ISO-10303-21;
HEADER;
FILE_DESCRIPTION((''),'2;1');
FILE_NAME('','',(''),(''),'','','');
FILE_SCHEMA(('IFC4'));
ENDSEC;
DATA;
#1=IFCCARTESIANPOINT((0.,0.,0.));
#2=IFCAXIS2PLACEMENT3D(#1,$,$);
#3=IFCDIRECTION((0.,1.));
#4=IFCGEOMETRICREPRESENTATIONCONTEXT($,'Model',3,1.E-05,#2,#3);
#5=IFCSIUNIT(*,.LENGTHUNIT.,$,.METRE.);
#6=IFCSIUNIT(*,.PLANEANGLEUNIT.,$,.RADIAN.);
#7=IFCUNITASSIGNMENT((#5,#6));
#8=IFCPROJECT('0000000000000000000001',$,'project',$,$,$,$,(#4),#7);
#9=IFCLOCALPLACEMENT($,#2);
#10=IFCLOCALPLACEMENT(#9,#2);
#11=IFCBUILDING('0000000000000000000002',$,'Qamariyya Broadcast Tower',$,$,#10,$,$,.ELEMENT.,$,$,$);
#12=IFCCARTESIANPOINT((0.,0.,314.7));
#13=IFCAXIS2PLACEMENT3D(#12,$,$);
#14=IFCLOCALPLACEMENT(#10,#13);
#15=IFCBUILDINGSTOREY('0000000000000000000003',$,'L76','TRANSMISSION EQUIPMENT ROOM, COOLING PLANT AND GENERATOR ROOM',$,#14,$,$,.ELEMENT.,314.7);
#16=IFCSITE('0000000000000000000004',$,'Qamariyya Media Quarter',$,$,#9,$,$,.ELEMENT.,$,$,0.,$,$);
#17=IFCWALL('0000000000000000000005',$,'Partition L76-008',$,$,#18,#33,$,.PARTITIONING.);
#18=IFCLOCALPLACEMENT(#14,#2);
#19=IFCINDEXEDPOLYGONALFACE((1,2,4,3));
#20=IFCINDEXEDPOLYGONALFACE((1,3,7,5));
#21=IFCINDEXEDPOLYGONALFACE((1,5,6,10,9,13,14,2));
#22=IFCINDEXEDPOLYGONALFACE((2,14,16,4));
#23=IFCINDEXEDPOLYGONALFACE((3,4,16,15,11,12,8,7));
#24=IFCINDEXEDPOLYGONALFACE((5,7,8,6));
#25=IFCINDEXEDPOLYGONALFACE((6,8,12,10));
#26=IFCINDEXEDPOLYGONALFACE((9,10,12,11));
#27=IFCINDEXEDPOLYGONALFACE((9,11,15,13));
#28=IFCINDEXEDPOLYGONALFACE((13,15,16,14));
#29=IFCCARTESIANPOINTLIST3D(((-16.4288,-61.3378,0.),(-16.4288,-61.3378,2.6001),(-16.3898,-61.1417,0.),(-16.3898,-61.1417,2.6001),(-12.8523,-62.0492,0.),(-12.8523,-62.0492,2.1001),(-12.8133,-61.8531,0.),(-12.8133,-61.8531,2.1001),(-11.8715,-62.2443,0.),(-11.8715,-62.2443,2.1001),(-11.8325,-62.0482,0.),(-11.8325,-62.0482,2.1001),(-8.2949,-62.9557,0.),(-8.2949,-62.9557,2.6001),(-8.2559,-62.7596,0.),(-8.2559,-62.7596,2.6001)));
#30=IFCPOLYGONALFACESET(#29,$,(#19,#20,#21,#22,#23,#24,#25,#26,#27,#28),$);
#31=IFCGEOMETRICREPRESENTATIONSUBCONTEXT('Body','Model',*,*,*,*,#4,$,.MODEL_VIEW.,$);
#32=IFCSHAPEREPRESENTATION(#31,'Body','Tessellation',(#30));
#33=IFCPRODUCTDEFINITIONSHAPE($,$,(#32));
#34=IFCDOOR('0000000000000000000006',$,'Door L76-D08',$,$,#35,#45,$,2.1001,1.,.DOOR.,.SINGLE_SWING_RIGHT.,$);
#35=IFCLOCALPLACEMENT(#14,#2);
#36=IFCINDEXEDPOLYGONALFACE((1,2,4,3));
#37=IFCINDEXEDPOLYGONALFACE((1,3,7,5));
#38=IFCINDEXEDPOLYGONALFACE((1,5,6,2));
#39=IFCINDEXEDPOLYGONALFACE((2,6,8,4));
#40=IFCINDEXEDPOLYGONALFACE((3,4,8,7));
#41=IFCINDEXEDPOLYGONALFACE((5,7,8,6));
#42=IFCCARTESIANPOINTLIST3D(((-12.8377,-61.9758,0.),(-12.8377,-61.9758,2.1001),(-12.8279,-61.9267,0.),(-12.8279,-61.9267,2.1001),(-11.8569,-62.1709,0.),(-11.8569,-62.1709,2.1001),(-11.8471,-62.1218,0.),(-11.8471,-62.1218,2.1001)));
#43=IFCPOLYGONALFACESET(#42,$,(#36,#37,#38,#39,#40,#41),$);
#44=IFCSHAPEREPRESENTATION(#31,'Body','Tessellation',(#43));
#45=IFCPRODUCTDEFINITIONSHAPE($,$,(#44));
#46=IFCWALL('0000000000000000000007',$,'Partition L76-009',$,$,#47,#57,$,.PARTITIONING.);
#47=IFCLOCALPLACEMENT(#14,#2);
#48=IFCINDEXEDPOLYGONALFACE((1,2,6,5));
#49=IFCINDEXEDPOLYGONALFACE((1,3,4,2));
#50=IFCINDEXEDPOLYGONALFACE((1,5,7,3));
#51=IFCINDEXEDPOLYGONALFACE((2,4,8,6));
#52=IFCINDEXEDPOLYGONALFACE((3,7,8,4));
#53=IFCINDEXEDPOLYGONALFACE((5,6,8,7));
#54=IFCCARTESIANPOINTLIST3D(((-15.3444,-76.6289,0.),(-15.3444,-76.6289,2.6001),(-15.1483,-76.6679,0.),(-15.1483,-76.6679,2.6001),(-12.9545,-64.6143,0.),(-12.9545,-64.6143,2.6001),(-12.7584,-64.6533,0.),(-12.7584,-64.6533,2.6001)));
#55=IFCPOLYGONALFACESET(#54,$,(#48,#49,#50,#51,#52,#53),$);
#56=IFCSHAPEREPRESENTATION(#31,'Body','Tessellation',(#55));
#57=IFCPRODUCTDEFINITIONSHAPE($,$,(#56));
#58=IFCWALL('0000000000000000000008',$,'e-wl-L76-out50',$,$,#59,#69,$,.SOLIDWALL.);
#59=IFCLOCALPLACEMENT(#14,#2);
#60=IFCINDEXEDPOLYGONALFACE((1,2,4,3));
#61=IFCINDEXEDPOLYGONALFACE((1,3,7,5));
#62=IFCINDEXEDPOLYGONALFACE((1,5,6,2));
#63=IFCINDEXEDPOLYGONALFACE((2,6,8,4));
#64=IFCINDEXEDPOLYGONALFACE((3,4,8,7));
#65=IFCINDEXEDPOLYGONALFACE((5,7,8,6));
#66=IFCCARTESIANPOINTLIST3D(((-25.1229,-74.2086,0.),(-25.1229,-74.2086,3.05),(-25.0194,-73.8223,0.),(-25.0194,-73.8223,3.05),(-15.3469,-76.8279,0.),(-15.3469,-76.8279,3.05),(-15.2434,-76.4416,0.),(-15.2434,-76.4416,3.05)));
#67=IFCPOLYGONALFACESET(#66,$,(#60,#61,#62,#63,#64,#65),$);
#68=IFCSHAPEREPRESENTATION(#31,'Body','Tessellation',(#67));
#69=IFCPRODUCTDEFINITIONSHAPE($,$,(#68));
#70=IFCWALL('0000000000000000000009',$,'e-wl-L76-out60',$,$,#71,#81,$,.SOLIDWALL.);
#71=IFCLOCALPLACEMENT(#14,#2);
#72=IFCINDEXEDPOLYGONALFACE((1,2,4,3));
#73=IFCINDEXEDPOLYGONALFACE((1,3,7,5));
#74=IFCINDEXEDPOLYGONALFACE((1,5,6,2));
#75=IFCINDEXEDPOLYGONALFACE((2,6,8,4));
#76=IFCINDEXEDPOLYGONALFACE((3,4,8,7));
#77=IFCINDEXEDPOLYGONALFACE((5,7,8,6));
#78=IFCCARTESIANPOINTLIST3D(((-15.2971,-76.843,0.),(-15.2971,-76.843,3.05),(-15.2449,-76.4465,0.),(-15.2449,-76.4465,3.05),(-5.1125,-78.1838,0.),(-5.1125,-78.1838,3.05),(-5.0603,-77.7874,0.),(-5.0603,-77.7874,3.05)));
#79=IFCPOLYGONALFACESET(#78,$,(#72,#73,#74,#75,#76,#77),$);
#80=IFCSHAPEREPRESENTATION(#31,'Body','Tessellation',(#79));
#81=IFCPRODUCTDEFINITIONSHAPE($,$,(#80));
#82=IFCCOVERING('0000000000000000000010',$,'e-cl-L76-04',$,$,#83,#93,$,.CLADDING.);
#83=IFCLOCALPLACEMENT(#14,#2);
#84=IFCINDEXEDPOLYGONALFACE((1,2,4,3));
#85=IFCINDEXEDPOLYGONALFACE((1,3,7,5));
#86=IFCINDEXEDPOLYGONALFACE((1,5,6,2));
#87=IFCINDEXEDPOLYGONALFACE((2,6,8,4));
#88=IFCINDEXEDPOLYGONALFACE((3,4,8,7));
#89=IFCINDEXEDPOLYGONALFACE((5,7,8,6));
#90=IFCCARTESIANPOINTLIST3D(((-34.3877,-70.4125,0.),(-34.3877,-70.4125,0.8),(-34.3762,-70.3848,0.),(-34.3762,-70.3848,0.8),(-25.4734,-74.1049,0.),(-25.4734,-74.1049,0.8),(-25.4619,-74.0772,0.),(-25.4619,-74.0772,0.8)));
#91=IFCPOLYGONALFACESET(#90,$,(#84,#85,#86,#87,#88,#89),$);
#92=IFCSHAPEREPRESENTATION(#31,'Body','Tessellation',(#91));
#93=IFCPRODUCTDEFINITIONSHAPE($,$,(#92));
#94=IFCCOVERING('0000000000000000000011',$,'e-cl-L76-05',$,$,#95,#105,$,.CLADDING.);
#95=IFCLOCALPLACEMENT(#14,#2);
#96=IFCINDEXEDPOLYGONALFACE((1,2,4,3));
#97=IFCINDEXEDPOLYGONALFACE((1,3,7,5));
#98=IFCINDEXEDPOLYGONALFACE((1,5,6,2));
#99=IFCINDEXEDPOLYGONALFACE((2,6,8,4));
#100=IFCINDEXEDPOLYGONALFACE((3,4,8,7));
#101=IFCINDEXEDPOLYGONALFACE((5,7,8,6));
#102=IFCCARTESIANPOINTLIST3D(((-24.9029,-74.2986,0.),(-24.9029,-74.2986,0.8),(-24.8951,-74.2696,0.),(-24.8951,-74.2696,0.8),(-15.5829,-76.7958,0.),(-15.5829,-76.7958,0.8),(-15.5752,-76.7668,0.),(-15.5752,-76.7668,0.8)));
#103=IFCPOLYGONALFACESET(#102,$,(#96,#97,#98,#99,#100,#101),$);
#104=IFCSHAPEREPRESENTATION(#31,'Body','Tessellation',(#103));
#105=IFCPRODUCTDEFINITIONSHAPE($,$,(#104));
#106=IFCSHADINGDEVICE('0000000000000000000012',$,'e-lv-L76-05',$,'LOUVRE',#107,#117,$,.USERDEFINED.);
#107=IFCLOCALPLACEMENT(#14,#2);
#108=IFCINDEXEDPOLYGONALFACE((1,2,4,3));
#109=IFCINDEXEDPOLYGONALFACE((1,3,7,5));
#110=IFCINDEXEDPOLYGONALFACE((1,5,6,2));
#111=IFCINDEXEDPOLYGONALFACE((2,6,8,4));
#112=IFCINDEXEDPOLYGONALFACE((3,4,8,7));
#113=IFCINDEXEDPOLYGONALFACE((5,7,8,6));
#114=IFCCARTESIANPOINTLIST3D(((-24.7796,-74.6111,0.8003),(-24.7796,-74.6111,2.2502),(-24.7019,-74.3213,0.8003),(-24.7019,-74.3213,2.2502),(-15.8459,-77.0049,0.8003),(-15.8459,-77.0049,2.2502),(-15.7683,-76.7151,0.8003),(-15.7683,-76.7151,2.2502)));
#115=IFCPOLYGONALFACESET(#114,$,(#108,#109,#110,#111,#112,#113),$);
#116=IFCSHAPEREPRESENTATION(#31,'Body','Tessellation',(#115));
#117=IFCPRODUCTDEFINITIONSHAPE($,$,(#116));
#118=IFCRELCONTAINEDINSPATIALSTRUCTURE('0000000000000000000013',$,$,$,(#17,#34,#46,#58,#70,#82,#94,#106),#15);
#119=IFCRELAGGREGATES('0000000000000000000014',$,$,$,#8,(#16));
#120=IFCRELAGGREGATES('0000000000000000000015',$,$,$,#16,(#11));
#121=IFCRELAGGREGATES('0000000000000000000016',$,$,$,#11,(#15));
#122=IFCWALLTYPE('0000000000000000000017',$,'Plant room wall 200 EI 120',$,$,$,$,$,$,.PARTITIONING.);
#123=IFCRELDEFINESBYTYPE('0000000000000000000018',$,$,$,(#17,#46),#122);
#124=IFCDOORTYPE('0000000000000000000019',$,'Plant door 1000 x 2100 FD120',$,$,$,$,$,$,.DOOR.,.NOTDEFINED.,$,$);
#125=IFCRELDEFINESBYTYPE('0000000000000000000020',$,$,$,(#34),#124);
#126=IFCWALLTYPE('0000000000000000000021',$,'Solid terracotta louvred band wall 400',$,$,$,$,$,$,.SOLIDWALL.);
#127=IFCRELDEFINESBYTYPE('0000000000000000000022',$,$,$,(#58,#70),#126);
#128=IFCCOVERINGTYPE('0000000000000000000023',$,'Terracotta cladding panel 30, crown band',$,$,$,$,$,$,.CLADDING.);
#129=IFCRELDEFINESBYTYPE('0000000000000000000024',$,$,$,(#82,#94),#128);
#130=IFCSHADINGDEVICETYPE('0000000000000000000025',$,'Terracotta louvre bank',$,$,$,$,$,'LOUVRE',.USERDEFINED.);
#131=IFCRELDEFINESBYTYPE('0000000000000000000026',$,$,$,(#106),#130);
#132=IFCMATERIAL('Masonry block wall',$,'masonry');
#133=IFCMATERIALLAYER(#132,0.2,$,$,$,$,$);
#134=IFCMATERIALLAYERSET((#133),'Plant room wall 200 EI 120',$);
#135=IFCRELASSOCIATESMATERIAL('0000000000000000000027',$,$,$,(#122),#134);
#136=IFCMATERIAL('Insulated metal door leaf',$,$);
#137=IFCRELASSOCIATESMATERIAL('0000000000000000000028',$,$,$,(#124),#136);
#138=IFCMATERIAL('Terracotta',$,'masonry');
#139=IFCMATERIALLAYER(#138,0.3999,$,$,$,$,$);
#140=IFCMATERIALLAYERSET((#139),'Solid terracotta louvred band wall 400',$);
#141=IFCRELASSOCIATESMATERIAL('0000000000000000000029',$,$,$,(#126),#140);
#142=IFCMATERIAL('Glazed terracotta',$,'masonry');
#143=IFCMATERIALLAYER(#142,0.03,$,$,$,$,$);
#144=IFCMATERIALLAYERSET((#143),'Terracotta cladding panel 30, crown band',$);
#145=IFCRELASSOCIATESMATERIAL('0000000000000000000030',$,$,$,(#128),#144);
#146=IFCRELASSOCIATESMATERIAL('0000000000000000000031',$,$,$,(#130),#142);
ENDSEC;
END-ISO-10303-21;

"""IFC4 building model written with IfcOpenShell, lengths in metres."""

from ifc_helpers import new_model, si_unit, direction, frame, frame_2d, origin, origin_2d, place, context, subcontext, project, spatial, rectangle, extrude, material, layer, layer_set, type_object, element, fill, save


model = new_model("IFC4")

# Units and contexts
model_context = context("Model", 3, precision=1e-05, world=origin(), true_north=direction((0.0, 1.0)))
body_context = subcontext(model_context, "Body", "Model", "MODEL_VIEW")
ifc_project = project(units=[si_unit("LENGTHUNIT", "METRE"), si_unit("PLANEANGLEUNIT", "RADIAN")], contexts=[model_context])

# Site, building, storey
site_placement = place(None, origin())
site = spatial("IfcSite", under=ifc_project, at=site_placement, Name="Qamariyya Media Quarter", CompositionType="ELEMENT", RefElevation=0.0)
building_placement = place(site_placement, origin())
building = spatial("IfcBuilding", under=site, at=building_placement, Name="Qamariyya Broadcast Tower", CompositionType="ELEMENT")
storey_placement = place(building_placement, frame((0.0, 0.0, 314.7)))
storey = spatial("IfcBuildingStorey", under=building, at=storey_placement, Name="L76", Description="TRANSMISSION EQUIPMENT ROOM, COOLING PLANT AND GENERATOR ROOM", CompositionType="ELEMENT", Elevation=314.7)

# Shared definitions
ifc_material_1 = material(Name="Masonry block wall", Category="masonry")
ifc_layer_1 = layer(ifc_material_1, 0.2)
ifc_layer_set_1 = layer_set([ifc_layer_1], Name="Plant room wall 200 EI 120")
wall_type_1 = type_object("IfcWallType", Name="Plant room wall 200 EI 120", PredefinedType="PARTITIONING", material=ifc_layer_set_1)
ifc_material_2 = material(Name="Insulated metal door leaf")
door_type = type_object("IfcDoorType", Name="Plant door 1000 x 2100 FD120", OperationType="NOTDEFINED", PredefinedType="DOOR", material=ifc_material_2)

# Wall, opening, door
wall_1_placement = place(storey_placement, frame((-16.4092, -61.2397, 0.0), z_axis=(0.0, 0.0, 1.0), x_axis=(0.980785, -0.195091, 0.0)))
wall_1 = element("IfcWall", 1, at=wall_1_placement, inside=storey, type_object=wall_type_1, Name="Partition L76-008", PredefinedType="PARTITIONING", context=body_context, shape_type="SweptSolid", body=[
    extrude(rectangle(XDim=8.2932, YDim=0.2, at=frame_2d((4.1465, 0.0))), origin(), (0.0, 0.0, 1.0), 2.6001),
])
opening_1_placement = place(wall_1_placement, frame((3.6465, 0.0, 0.0)))
opening_1 = element("IfcOpeningElement", 2, at=opening_1_placement, cuts=wall_1, PredefinedType="OPENING", context=body_context, shape_type="SweptSolid", body=[
    extrude(rectangle(XDim=1.0, YDim=2.1001, at=frame_2d((0.5, 1.05))), frame((0.0, 0.1099, 0.0), z_axis=(0.0, -1.0, 0.0), x_axis=(1.0, 0.0, 0.0)), (0.0, 0.0, 1.0), 0.22),
])
door_1_placement = place(opening_1_placement, origin())
door_1 = element("IfcDoor", 3, at=door_1_placement, inside=storey, type_object=door_type, Name="Door L76-D08", OperationType="SINGLE_SWING_RIGHT", OverallHeight=2.1001, OverallWidth=1.0, PredefinedType="DOOR", context=body_context, shape_type="SweptSolid", body=[
    extrude(rectangle(XDim=1.0, YDim=2.1001, at=frame_2d((0.5, 1.05))), frame((0.0, 0.0249, 0.0), z_axis=(0.0, -1.0, 0.0), x_axis=(1.0, 0.0, 0.0)), (0.0, 0.0, 1.0), 0.05),
])
fill(opening_1, door_1)

# Walls
wall_2_placement = place(storey_placement, frame((-15.2463, -76.6484, 0.0), z_axis=(0.0, 0.0, 1.0), x_axis=(0.195093, 0.980785, 0.0)))
element("IfcWall", 4, at=wall_2_placement, inside=storey, type_object=wall_type_1, Name="Partition L76-009", PredefinedType="PARTITIONING", context=body_context, shape_type="SweptSolid", body=[
    extrude(rectangle(XDim=12.25, YDim=0.2, at=frame_2d((6.125, 0.0))), origin(), (0.0, 0.0, 1.0), 2.6001),
])
ifc_material_3 = material(Name="Terracotta", Category="masonry")
ifc_layer_2 = layer(ifc_material_3, 0.3999)
ifc_layer_set_2 = layer_set([ifc_layer_2], Name="Solid terracotta louvred band wall 400")
wall_type_2 = type_object("IfcWallType", Name="Solid terracotta louvred band wall 400", PredefinedType="SOLIDWALL", material=ifc_layer_set_2)
wall_3_placement = place(storey_placement, frame((-25.0713, -74.0154, 0.0), z_axis=(0.0, 0.0, 1.0), x_axis=(0.965929, -0.258808, 0.0)))
element("IfcWall", 5, at=wall_3_placement, inside=storey, type_object=wall_type_2, Name="e-wl-L76-out50", PredefinedType="SOLIDWALL", context=body_context, shape_type="SweptSolid", body=[
    extrude(rectangle(XDim=10.1208, YDim=0.3999, at=frame_2d((5.0605, 0.0))), origin(), (0.0, 0.0, 1.0), 3.05),
])
wall_4_placement = place(storey_placement, frame((-15.271, -76.6448, 0.0), z_axis=(0.0, 0.0, 1.0), x_axis=(0.991445, -0.130526, 0.0)))
element("IfcWall", 6, at=wall_4_placement, inside=storey, type_object=wall_type_2, Name="e-wl-L76-out60", PredefinedType="SOLIDWALL", context=body_context, shape_type="SweptSolid", body=[
    extrude(rectangle(XDim=10.2725, YDim=0.3999, at=frame_2d((5.1362, 0.0))), origin(), (0.0, 0.0, 1.0), 3.05),
])

# Coverings
ifc_material_4 = material(Name="Glazed terracotta", Category="masonry")
ifc_layer_3 = layer(ifc_material_4, 0.03)
ifc_layer_set_3 = layer_set([ifc_layer_3], Name="Terracotta cladding panel 30, crown band")
covering_type = type_object("IfcCoveringType", Name="Terracotta cladding panel 30, crown band", PredefinedType="CLADDING", material=ifc_layer_set_3)
for number, where, z_axis, x_axis, name in (
    (7, (-29.9248, -72.2449, 0.0), (0.0, 0.0, 1.0), (0.92388, -0.382683, 0.0), "e-cl-L76-04"),
    (8, (-20.239, -75.5327, 0.0), (0.0, 0.0, 1.0), (0.965926, -0.258819, 0.0), "e-cl-L76-05"),
):
    element("IfcCovering", number, at=place(storey_placement, frame(where, z_axis=z_axis, x_axis=x_axis)), inside=storey, type_object=covering_type, Name=name, PredefinedType="CLADDING", context=body_context, shape_type="SweptSolid", body=[
        extrude(rectangle(XDim=9.6487, YDim=0.03, at=origin_2d()), origin(), (0.0, 0.0, 1.0), 0.8),
    ])

# Shading device
shading_device_type = type_object("IfcShadingDeviceType", Name="Terracotta louvre bank", ElementType="LOUVRE", PredefinedType="USERDEFINED", material=ifc_material_4)
shading_device_placement = place(storey_placement, frame((-20.2739, -75.6631, 0.8003), z_axis=(0.0, 0.0, 1.0), x_axis=(0.965926, -0.258819, 0.0)))
element("IfcShadingDevice", 9, at=shading_device_placement, inside=storey, type_object=shading_device_type, Name="e-lv-L76-05", ObjectType="LOUVRE", PredefinedType="USERDEFINED", context=body_context, shape_type="SweptSolid", body=[
    extrude(rectangle(XDim=9.2488, YDim=0.3, at=origin_2d()), origin(), (0.0, 0.0, 1.0), 1.45),
])

save(model, "model.ifc")
